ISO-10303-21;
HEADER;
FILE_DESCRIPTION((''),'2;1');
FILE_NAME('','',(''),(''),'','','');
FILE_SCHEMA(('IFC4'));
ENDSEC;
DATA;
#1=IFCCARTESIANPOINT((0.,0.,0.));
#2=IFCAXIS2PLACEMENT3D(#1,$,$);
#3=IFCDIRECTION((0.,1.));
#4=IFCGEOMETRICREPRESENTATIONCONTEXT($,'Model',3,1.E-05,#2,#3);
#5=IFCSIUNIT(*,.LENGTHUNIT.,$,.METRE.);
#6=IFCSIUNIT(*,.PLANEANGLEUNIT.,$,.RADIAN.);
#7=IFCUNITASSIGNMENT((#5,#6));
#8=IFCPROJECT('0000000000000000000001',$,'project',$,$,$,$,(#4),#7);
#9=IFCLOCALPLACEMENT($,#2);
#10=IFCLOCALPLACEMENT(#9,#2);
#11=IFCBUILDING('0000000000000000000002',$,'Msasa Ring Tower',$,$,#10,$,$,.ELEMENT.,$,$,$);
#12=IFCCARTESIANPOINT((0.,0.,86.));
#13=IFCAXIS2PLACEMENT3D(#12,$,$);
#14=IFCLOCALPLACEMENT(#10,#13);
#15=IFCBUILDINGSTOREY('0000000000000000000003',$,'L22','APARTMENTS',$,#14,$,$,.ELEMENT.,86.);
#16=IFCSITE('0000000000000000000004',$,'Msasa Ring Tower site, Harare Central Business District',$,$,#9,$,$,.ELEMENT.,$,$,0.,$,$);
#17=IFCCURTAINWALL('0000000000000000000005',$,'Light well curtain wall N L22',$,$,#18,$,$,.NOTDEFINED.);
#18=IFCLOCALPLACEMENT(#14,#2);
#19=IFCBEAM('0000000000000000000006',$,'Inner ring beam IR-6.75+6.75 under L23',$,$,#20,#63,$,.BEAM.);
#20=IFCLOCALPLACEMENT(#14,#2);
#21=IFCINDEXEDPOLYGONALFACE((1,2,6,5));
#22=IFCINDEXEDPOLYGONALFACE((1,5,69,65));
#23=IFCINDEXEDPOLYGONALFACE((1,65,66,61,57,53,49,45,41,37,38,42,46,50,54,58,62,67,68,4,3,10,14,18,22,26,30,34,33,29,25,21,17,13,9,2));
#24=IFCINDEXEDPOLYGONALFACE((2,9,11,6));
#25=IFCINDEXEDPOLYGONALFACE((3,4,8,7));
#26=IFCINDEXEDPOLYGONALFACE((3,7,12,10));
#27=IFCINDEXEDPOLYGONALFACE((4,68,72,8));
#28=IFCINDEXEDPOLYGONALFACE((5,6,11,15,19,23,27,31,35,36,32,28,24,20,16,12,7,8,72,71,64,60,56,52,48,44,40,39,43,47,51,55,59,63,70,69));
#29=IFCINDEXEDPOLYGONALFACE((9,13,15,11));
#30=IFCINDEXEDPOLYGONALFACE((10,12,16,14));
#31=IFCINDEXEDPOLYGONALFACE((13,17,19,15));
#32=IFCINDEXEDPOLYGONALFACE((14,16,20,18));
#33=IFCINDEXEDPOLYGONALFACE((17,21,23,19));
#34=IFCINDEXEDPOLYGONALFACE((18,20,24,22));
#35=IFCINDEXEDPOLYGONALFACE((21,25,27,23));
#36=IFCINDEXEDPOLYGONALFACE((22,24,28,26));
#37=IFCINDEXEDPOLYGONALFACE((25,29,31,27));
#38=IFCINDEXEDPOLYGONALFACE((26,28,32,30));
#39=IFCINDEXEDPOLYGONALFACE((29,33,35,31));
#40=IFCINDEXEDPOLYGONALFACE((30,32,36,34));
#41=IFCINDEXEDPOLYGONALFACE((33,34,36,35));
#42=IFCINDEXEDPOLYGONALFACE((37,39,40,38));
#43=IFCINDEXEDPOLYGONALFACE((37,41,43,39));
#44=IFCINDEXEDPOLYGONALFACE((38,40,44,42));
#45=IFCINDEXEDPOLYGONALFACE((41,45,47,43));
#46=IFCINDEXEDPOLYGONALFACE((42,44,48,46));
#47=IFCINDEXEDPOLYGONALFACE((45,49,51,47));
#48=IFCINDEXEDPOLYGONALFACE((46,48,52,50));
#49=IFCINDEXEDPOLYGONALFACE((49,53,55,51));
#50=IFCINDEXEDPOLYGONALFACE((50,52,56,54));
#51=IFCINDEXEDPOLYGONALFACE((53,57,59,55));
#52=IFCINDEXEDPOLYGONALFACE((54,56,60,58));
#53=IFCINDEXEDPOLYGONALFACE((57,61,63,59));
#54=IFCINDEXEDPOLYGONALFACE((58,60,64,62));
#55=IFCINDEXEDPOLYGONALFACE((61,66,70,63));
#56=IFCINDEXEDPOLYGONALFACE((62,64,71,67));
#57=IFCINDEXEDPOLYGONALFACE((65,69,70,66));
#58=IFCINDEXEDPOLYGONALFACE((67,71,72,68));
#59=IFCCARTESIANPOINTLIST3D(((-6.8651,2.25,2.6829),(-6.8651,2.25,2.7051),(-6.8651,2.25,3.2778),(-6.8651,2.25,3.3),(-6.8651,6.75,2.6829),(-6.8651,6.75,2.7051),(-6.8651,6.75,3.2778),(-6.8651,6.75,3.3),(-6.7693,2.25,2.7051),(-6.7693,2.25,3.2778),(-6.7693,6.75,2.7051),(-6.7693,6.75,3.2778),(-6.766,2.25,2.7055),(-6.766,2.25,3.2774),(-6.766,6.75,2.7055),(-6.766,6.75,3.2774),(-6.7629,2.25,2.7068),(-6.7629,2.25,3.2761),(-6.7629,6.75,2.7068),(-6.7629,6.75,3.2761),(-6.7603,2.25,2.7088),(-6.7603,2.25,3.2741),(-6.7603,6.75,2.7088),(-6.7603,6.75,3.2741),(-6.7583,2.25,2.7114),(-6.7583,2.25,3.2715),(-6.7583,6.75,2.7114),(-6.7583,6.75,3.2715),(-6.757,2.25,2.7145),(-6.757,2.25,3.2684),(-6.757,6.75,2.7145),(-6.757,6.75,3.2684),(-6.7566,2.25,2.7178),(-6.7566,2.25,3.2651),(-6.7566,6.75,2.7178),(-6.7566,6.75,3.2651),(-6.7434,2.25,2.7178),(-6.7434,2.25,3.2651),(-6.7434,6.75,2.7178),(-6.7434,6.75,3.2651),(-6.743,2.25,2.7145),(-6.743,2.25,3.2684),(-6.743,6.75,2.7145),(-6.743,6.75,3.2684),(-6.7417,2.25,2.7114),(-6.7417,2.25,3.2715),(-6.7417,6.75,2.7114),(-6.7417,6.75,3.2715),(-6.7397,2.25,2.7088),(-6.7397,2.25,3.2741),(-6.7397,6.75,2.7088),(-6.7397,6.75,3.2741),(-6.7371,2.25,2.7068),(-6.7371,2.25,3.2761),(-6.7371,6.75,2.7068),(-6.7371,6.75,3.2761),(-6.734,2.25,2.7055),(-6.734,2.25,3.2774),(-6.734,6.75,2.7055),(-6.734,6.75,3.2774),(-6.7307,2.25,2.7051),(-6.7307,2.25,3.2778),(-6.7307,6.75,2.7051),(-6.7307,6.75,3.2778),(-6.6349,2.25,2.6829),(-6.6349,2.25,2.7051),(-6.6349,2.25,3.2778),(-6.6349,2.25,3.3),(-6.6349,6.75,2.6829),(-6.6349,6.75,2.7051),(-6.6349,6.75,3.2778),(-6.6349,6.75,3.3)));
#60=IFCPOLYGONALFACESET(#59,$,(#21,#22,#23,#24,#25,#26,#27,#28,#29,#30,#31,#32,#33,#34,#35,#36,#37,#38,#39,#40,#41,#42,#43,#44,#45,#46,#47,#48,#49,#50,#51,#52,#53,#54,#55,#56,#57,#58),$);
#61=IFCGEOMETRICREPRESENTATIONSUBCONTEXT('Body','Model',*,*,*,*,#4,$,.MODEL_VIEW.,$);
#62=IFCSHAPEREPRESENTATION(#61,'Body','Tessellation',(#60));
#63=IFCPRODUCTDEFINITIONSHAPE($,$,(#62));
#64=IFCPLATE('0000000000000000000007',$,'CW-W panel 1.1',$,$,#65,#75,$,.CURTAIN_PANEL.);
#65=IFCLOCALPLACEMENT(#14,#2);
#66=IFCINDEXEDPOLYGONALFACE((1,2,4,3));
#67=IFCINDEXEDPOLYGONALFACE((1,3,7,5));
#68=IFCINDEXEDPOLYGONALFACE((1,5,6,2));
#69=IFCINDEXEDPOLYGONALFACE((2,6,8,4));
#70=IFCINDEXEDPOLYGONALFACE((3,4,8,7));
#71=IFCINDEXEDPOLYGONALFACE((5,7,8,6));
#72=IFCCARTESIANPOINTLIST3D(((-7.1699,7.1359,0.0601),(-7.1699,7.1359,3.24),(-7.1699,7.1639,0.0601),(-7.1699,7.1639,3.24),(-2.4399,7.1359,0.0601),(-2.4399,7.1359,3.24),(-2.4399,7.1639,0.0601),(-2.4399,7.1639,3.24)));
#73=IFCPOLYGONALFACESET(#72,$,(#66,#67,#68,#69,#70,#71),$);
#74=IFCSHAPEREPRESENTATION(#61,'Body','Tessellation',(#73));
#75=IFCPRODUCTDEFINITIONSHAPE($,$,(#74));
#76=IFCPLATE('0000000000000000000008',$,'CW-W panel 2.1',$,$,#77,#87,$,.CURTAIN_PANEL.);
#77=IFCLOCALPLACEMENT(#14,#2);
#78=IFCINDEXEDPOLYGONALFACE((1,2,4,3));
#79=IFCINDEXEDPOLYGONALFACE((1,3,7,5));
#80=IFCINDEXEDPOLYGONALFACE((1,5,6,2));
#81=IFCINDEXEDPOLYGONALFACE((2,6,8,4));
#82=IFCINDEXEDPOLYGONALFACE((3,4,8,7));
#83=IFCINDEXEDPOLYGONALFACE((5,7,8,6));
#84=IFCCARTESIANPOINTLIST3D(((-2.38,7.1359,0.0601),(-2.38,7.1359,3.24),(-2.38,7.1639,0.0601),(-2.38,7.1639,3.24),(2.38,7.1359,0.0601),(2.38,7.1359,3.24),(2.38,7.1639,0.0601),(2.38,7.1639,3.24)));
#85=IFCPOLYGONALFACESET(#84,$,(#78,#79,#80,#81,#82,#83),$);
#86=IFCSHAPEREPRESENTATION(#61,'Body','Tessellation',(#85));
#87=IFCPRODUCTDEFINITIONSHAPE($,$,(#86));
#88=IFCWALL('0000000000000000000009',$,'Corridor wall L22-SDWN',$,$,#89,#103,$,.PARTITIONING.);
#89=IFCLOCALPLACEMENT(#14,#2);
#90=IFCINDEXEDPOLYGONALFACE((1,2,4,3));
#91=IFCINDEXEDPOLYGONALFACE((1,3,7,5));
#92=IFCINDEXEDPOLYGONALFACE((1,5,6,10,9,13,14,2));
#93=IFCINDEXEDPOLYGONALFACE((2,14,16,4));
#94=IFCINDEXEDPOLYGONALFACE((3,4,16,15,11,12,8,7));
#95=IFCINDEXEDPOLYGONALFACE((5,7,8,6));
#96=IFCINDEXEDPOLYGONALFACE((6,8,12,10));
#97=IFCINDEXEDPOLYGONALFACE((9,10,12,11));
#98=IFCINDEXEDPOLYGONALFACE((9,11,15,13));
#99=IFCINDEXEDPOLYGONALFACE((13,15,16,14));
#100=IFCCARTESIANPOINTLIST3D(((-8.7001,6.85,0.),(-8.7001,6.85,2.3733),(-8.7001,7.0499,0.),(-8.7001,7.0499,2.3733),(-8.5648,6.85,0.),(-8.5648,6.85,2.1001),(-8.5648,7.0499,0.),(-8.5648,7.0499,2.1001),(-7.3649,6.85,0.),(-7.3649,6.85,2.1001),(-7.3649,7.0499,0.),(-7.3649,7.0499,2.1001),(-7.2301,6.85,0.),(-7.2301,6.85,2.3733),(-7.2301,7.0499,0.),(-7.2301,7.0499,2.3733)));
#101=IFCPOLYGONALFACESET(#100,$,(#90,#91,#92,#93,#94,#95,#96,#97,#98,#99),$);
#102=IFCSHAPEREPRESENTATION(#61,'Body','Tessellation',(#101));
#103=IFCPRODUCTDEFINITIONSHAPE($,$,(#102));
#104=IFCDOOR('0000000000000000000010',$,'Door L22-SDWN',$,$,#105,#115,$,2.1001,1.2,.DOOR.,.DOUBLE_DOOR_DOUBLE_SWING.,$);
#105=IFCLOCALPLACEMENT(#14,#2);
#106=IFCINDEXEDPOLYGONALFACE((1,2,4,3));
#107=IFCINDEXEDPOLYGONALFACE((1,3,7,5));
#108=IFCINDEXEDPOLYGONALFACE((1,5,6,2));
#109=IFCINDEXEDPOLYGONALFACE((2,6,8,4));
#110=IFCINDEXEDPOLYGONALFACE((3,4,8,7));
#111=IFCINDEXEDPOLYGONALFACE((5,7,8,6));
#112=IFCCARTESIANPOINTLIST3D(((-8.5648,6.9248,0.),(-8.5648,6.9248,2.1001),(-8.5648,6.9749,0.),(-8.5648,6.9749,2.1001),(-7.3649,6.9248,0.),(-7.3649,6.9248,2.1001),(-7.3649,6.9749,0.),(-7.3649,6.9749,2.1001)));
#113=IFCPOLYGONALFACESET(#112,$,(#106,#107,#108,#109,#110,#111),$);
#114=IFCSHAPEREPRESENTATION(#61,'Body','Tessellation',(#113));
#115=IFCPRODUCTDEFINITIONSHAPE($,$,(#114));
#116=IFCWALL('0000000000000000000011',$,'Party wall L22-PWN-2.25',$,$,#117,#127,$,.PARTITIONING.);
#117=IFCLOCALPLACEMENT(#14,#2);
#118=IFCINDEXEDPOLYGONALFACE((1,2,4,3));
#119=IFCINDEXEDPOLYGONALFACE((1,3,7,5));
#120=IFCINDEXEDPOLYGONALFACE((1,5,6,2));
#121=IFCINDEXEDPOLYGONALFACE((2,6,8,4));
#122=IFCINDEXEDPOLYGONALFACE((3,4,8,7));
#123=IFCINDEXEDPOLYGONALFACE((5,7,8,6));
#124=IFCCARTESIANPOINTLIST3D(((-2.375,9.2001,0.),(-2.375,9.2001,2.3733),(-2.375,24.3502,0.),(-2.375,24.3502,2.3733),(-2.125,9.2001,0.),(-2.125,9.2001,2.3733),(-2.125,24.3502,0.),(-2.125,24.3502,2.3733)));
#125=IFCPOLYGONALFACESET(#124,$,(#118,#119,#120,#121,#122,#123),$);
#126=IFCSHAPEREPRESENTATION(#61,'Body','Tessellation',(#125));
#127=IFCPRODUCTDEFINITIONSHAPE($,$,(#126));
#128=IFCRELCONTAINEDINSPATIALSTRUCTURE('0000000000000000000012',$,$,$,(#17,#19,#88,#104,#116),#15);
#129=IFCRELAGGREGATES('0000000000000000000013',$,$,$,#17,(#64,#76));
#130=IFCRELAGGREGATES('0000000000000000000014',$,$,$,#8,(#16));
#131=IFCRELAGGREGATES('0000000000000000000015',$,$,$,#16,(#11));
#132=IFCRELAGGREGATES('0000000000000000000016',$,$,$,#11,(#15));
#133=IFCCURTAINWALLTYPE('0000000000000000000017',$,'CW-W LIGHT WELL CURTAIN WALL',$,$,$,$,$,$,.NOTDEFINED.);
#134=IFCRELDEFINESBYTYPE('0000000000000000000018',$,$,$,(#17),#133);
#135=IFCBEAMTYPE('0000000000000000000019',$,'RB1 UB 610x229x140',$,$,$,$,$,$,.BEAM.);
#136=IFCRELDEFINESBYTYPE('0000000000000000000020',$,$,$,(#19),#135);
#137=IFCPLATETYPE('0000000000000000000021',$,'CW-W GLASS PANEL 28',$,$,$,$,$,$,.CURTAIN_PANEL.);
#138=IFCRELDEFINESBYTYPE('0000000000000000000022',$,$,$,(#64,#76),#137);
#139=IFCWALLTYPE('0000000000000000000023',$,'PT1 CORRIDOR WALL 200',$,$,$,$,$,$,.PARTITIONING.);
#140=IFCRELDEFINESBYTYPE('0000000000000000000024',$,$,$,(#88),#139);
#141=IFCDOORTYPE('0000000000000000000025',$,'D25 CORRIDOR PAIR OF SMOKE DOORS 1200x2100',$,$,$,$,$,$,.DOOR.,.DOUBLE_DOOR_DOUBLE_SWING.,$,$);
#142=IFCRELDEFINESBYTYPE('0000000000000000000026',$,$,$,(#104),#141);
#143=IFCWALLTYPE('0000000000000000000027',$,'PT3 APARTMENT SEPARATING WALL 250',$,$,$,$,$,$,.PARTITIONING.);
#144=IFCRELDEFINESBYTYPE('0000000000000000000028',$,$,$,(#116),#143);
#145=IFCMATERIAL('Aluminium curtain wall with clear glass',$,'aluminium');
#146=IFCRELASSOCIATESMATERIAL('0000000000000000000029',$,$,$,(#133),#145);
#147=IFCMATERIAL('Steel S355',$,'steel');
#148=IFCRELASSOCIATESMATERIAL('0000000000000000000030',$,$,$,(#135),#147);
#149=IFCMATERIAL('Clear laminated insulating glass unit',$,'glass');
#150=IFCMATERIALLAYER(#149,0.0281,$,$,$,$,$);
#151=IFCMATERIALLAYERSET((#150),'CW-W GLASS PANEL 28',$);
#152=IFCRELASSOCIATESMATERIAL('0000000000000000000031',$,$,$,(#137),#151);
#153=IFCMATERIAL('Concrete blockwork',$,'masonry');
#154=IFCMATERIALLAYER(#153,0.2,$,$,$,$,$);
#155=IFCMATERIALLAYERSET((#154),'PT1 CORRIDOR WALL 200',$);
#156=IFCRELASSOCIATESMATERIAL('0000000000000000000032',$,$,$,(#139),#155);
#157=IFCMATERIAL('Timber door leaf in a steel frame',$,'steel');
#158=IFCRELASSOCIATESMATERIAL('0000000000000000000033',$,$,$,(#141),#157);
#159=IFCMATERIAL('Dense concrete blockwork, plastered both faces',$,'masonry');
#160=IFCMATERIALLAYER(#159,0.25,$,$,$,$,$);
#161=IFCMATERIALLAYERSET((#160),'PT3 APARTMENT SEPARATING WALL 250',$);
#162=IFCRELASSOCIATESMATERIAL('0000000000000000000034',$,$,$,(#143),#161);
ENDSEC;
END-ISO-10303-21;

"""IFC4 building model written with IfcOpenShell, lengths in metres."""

from ifc_helpers import new_model, si_unit, direction, frame, frame_2d, origin, origin_2d, place, context, subcontext, project, spatial, rectangle, i_section, extrude, material, layer, layer_set, material_profile, profile_set, type_object, element, fill, aggregate, save


model = new_model("IFC4")

# Units and contexts
model_context = context("Model", 3, precision=1e-05, world=origin(), true_north=direction((0.0, 1.0)))
body_context = subcontext(model_context, "Body", "Model", "MODEL_VIEW")
ifc_project = project(units=[si_unit("LENGTHUNIT", "METRE"), si_unit("PLANEANGLEUNIT", "RADIAN")], contexts=[model_context])

# Site, building, storey
site_placement = place(None, origin())
site = spatial("IfcSite", under=ifc_project, at=site_placement, Name="Msasa Ring Tower site, Harare Central Business District", CompositionType="ELEMENT", RefElevation=0.0)
building_placement = place(site_placement, origin())
building = spatial("IfcBuilding", under=site, at=building_placement, Name="Msasa Ring Tower", CompositionType="ELEMENT")
storey_placement = place(building_placement, frame((0.0, 0.0, 86.0)))
storey = spatial("IfcBuildingStorey", under=building, at=storey_placement, Name="L22", Description="APARTMENTS", CompositionType="ELEMENT", Elevation=86.0)

# Curtain wall
ifc_material_1 = material(Name="Aluminium curtain wall with clear glass", Category="aluminium")
curtain_wall_type = type_object("IfcCurtainWallType", Name="CW-W LIGHT WELL CURTAIN WALL", PredefinedType="NOTDEFINED", material=ifc_material_1)
curtain_wall_1_placement = place(storey_placement, origin())
curtain_wall_1 = element("IfcCurtainWall", 1, at=curtain_wall_1_placement, inside=storey, type_object=curtain_wall_type, Name="Light well curtain wall N L22", PredefinedType="NOTDEFINED")

# Beam
ifc_material_2 = material(Name="Steel S355", Category="steel")
ifc_material_profile_1 = material_profile(ifc_material_2, i_section(OverallWidth=0.2302, OverallDepth=0.6172, WebThickness=0.0132, FlangeThickness=0.0222, FilletRadius=0.0127, at=origin_2d()), Name="UB 610x229x140")
ifc_profile_set_1 = profile_set([ifc_material_profile_1], Name="Steel S355")
beam_type = type_object("IfcBeamType", Name="RB1 UB 610x229x140", PredefinedType="BEAM", material=ifc_profile_set_1)
for number, where, z_axis, x_axis, name in (
    (2, (-6.75, 6.75, 2.9915), (0.0, -1.0, 0.0), (1.0, 0.0, 0.0), "Inner ring beam IR-6.75+6.75 under L23"),
):
    element("IfcBeam", number, at=place(storey_placement, frame(where, z_axis=z_axis, x_axis=x_axis)), inside=storey, type_object=beam_type, Name=name, PredefinedType="BEAM", context=body_context, shape_type="SweptSolid", body=[
        extrude(i_section(OverallWidth=0.2302, OverallDepth=0.6172, WebThickness=0.0132, FlangeThickness=0.0222, FilletRadius=0.0127, at=origin_2d()), origin(), (0.0, 0.0, 1.0), 4.5),
    ])

# Plates
ifc_material_3 = material(Name="Clear laminated insulating glass unit", Category="glass")
ifc_layer_1 = layer(ifc_material_3, 0.0281)
ifc_layer_set_1 = layer_set([ifc_layer_1], Name="CW-W GLASS PANEL 28")
plate_type = type_object("IfcPlateType", Name="CW-W GLASS PANEL 28", PredefinedType="CURTAIN_PANEL", material=ifc_layer_set_1)
plate_1_placement = place(storey_placement, frame((-4.8049, 7.1499, 0.0601), z_axis=(0.0, 0.0, 1.0), x_axis=(1.0, 0.0, 0.0)))
plate_1 = element("IfcPlate", 3, at=plate_1_placement, type_object=plate_type, Name="CW-W panel 1.1", PredefinedType="CURTAIN_PANEL", context=body_context, shape_type="SweptSolid", body=[
    extrude(rectangle(XDim=4.73, YDim=0.0281, at=origin_2d()), origin(), (0.0, 0.0, 1.0), 3.1799),
])
plate_2_placement = place(storey_placement, frame((0.0, 7.1499, 0.0601), z_axis=(0.0, 0.0, 1.0), x_axis=(1.0, 0.0, 0.0)))
plate_2 = element("IfcPlate", 4, at=plate_2_placement, type_object=plate_type, Name="CW-W panel 2.1", PredefinedType="CURTAIN_PANEL", context=body_context, shape_type="SweptSolid", body=[
    extrude(rectangle(XDim=4.76, YDim=0.0281, at=origin_2d()), origin(), (0.0, 0.0, 1.0), 3.1799),
])
aggregate(curtain_wall_1, [plate_1, plate_2])

# Wall, opening, door
ifc_material_4 = material(Name="Concrete blockwork", Category="masonry")
ifc_layer_2 = layer(ifc_material_4, 0.2)
ifc_layer_set_2 = layer_set([ifc_layer_2], Name="PT1 CORRIDOR WALL 200")
wall_type_1 = type_object("IfcWallType", Name="PT1 CORRIDOR WALL 200", PredefinedType="PARTITIONING", material=ifc_layer_set_2)
wall_1_placement = place(storey_placement, frame((-8.7, 6.95, 0.0), z_axis=(0.0, 0.0, 1.0), x_axis=(1.0, 0.0, 0.0)))
wall_1 = element("IfcWall", 5, at=wall_1_placement, inside=storey, type_object=wall_type_1, Name="Corridor wall L22-SDWN", PredefinedType="PARTITIONING", context=body_context, shape_type="SweptSolid", body=[
    extrude(rectangle(XDim=1.47, YDim=0.2, at=frame_2d((0.7349, 0.0))), origin(), (0.0, 0.0, 1.0), 2.3733),
])
opening_1_placement = place(wall_1_placement, frame((0.135, 0.0, 0.0)))
opening_1 = element("IfcOpeningElement", 6, at=opening_1_placement, cuts=wall_1, PredefinedType="OPENING", context=body_context, shape_type="SweptSolid", body=[
    extrude(rectangle(XDim=1.2, YDim=2.1001, at=frame_2d((0.6001, 1.05))), frame((0.0, 0.1099, 0.0), z_axis=(0.0, -1.0, 0.0), x_axis=(1.0, 0.0, 0.0)), (0.0, 0.0, 1.0), 0.22),
])
ifc_material_5 = material(Name="Timber door leaf in a steel frame", Category="steel")
door_type_1 = type_object("IfcDoorType", Name="D25 CORRIDOR PAIR OF SMOKE DOORS 1200x2100", OperationType="DOUBLE_DOOR_DOUBLE_SWING", PredefinedType="DOOR", material=ifc_material_5)
door_1_placement = place(opening_1_placement, origin())
door_1 = element("IfcDoor", 7, at=door_1_placement, inside=storey, type_object=door_type_1, Name="Door L22-SDWN", OperationType="DOUBLE_DOOR_DOUBLE_SWING", OverallHeight=2.1001, OverallWidth=1.2, PredefinedType="DOOR", context=body_context, shape_type="SweptSolid", body=[
    extrude(rectangle(XDim=1.2, YDim=2.1001, at=frame_2d((0.6001, 1.05))), frame((0.0, 0.0249, 0.0), z_axis=(0.0, -1.0, 0.0), x_axis=(1.0, 0.0, 0.0)), (0.0, 0.0, 1.0), 0.05),
])
fill(opening_1, door_1)

# Wall
ifc_material_6 = material(Name="Dense concrete blockwork, plastered both faces", Category="masonry")
ifc_layer_3 = layer(ifc_material_6, 0.25)
ifc_layer_set_3 = layer_set([ifc_layer_3], Name="PT3 APARTMENT SEPARATING WALL 250")
wall_type_2 = type_object("IfcWallType", Name="PT3 APARTMENT SEPARATING WALL 250", PredefinedType="PARTITIONING", material=ifc_layer_set_3)
wall_2_placement = place(storey_placement, frame((-2.25, 9.2, 0.0), z_axis=(0.0, 0.0, 1.0), x_axis=(0.0, 1.0, 0.0)))
element("IfcWall", 8, at=wall_2_placement, inside=storey, type_object=wall_type_2, Name="Party wall L22-PWN-2.25", PredefinedType="PARTITIONING", context=body_context, shape_type="SweptSolid", body=[
    extrude(rectangle(XDim=15.1501, YDim=0.25, at=frame_2d((7.5752, 0.0))), origin(), (0.0, 0.0, 1.0), 2.3733),
])

save(model, "model.ifc")
